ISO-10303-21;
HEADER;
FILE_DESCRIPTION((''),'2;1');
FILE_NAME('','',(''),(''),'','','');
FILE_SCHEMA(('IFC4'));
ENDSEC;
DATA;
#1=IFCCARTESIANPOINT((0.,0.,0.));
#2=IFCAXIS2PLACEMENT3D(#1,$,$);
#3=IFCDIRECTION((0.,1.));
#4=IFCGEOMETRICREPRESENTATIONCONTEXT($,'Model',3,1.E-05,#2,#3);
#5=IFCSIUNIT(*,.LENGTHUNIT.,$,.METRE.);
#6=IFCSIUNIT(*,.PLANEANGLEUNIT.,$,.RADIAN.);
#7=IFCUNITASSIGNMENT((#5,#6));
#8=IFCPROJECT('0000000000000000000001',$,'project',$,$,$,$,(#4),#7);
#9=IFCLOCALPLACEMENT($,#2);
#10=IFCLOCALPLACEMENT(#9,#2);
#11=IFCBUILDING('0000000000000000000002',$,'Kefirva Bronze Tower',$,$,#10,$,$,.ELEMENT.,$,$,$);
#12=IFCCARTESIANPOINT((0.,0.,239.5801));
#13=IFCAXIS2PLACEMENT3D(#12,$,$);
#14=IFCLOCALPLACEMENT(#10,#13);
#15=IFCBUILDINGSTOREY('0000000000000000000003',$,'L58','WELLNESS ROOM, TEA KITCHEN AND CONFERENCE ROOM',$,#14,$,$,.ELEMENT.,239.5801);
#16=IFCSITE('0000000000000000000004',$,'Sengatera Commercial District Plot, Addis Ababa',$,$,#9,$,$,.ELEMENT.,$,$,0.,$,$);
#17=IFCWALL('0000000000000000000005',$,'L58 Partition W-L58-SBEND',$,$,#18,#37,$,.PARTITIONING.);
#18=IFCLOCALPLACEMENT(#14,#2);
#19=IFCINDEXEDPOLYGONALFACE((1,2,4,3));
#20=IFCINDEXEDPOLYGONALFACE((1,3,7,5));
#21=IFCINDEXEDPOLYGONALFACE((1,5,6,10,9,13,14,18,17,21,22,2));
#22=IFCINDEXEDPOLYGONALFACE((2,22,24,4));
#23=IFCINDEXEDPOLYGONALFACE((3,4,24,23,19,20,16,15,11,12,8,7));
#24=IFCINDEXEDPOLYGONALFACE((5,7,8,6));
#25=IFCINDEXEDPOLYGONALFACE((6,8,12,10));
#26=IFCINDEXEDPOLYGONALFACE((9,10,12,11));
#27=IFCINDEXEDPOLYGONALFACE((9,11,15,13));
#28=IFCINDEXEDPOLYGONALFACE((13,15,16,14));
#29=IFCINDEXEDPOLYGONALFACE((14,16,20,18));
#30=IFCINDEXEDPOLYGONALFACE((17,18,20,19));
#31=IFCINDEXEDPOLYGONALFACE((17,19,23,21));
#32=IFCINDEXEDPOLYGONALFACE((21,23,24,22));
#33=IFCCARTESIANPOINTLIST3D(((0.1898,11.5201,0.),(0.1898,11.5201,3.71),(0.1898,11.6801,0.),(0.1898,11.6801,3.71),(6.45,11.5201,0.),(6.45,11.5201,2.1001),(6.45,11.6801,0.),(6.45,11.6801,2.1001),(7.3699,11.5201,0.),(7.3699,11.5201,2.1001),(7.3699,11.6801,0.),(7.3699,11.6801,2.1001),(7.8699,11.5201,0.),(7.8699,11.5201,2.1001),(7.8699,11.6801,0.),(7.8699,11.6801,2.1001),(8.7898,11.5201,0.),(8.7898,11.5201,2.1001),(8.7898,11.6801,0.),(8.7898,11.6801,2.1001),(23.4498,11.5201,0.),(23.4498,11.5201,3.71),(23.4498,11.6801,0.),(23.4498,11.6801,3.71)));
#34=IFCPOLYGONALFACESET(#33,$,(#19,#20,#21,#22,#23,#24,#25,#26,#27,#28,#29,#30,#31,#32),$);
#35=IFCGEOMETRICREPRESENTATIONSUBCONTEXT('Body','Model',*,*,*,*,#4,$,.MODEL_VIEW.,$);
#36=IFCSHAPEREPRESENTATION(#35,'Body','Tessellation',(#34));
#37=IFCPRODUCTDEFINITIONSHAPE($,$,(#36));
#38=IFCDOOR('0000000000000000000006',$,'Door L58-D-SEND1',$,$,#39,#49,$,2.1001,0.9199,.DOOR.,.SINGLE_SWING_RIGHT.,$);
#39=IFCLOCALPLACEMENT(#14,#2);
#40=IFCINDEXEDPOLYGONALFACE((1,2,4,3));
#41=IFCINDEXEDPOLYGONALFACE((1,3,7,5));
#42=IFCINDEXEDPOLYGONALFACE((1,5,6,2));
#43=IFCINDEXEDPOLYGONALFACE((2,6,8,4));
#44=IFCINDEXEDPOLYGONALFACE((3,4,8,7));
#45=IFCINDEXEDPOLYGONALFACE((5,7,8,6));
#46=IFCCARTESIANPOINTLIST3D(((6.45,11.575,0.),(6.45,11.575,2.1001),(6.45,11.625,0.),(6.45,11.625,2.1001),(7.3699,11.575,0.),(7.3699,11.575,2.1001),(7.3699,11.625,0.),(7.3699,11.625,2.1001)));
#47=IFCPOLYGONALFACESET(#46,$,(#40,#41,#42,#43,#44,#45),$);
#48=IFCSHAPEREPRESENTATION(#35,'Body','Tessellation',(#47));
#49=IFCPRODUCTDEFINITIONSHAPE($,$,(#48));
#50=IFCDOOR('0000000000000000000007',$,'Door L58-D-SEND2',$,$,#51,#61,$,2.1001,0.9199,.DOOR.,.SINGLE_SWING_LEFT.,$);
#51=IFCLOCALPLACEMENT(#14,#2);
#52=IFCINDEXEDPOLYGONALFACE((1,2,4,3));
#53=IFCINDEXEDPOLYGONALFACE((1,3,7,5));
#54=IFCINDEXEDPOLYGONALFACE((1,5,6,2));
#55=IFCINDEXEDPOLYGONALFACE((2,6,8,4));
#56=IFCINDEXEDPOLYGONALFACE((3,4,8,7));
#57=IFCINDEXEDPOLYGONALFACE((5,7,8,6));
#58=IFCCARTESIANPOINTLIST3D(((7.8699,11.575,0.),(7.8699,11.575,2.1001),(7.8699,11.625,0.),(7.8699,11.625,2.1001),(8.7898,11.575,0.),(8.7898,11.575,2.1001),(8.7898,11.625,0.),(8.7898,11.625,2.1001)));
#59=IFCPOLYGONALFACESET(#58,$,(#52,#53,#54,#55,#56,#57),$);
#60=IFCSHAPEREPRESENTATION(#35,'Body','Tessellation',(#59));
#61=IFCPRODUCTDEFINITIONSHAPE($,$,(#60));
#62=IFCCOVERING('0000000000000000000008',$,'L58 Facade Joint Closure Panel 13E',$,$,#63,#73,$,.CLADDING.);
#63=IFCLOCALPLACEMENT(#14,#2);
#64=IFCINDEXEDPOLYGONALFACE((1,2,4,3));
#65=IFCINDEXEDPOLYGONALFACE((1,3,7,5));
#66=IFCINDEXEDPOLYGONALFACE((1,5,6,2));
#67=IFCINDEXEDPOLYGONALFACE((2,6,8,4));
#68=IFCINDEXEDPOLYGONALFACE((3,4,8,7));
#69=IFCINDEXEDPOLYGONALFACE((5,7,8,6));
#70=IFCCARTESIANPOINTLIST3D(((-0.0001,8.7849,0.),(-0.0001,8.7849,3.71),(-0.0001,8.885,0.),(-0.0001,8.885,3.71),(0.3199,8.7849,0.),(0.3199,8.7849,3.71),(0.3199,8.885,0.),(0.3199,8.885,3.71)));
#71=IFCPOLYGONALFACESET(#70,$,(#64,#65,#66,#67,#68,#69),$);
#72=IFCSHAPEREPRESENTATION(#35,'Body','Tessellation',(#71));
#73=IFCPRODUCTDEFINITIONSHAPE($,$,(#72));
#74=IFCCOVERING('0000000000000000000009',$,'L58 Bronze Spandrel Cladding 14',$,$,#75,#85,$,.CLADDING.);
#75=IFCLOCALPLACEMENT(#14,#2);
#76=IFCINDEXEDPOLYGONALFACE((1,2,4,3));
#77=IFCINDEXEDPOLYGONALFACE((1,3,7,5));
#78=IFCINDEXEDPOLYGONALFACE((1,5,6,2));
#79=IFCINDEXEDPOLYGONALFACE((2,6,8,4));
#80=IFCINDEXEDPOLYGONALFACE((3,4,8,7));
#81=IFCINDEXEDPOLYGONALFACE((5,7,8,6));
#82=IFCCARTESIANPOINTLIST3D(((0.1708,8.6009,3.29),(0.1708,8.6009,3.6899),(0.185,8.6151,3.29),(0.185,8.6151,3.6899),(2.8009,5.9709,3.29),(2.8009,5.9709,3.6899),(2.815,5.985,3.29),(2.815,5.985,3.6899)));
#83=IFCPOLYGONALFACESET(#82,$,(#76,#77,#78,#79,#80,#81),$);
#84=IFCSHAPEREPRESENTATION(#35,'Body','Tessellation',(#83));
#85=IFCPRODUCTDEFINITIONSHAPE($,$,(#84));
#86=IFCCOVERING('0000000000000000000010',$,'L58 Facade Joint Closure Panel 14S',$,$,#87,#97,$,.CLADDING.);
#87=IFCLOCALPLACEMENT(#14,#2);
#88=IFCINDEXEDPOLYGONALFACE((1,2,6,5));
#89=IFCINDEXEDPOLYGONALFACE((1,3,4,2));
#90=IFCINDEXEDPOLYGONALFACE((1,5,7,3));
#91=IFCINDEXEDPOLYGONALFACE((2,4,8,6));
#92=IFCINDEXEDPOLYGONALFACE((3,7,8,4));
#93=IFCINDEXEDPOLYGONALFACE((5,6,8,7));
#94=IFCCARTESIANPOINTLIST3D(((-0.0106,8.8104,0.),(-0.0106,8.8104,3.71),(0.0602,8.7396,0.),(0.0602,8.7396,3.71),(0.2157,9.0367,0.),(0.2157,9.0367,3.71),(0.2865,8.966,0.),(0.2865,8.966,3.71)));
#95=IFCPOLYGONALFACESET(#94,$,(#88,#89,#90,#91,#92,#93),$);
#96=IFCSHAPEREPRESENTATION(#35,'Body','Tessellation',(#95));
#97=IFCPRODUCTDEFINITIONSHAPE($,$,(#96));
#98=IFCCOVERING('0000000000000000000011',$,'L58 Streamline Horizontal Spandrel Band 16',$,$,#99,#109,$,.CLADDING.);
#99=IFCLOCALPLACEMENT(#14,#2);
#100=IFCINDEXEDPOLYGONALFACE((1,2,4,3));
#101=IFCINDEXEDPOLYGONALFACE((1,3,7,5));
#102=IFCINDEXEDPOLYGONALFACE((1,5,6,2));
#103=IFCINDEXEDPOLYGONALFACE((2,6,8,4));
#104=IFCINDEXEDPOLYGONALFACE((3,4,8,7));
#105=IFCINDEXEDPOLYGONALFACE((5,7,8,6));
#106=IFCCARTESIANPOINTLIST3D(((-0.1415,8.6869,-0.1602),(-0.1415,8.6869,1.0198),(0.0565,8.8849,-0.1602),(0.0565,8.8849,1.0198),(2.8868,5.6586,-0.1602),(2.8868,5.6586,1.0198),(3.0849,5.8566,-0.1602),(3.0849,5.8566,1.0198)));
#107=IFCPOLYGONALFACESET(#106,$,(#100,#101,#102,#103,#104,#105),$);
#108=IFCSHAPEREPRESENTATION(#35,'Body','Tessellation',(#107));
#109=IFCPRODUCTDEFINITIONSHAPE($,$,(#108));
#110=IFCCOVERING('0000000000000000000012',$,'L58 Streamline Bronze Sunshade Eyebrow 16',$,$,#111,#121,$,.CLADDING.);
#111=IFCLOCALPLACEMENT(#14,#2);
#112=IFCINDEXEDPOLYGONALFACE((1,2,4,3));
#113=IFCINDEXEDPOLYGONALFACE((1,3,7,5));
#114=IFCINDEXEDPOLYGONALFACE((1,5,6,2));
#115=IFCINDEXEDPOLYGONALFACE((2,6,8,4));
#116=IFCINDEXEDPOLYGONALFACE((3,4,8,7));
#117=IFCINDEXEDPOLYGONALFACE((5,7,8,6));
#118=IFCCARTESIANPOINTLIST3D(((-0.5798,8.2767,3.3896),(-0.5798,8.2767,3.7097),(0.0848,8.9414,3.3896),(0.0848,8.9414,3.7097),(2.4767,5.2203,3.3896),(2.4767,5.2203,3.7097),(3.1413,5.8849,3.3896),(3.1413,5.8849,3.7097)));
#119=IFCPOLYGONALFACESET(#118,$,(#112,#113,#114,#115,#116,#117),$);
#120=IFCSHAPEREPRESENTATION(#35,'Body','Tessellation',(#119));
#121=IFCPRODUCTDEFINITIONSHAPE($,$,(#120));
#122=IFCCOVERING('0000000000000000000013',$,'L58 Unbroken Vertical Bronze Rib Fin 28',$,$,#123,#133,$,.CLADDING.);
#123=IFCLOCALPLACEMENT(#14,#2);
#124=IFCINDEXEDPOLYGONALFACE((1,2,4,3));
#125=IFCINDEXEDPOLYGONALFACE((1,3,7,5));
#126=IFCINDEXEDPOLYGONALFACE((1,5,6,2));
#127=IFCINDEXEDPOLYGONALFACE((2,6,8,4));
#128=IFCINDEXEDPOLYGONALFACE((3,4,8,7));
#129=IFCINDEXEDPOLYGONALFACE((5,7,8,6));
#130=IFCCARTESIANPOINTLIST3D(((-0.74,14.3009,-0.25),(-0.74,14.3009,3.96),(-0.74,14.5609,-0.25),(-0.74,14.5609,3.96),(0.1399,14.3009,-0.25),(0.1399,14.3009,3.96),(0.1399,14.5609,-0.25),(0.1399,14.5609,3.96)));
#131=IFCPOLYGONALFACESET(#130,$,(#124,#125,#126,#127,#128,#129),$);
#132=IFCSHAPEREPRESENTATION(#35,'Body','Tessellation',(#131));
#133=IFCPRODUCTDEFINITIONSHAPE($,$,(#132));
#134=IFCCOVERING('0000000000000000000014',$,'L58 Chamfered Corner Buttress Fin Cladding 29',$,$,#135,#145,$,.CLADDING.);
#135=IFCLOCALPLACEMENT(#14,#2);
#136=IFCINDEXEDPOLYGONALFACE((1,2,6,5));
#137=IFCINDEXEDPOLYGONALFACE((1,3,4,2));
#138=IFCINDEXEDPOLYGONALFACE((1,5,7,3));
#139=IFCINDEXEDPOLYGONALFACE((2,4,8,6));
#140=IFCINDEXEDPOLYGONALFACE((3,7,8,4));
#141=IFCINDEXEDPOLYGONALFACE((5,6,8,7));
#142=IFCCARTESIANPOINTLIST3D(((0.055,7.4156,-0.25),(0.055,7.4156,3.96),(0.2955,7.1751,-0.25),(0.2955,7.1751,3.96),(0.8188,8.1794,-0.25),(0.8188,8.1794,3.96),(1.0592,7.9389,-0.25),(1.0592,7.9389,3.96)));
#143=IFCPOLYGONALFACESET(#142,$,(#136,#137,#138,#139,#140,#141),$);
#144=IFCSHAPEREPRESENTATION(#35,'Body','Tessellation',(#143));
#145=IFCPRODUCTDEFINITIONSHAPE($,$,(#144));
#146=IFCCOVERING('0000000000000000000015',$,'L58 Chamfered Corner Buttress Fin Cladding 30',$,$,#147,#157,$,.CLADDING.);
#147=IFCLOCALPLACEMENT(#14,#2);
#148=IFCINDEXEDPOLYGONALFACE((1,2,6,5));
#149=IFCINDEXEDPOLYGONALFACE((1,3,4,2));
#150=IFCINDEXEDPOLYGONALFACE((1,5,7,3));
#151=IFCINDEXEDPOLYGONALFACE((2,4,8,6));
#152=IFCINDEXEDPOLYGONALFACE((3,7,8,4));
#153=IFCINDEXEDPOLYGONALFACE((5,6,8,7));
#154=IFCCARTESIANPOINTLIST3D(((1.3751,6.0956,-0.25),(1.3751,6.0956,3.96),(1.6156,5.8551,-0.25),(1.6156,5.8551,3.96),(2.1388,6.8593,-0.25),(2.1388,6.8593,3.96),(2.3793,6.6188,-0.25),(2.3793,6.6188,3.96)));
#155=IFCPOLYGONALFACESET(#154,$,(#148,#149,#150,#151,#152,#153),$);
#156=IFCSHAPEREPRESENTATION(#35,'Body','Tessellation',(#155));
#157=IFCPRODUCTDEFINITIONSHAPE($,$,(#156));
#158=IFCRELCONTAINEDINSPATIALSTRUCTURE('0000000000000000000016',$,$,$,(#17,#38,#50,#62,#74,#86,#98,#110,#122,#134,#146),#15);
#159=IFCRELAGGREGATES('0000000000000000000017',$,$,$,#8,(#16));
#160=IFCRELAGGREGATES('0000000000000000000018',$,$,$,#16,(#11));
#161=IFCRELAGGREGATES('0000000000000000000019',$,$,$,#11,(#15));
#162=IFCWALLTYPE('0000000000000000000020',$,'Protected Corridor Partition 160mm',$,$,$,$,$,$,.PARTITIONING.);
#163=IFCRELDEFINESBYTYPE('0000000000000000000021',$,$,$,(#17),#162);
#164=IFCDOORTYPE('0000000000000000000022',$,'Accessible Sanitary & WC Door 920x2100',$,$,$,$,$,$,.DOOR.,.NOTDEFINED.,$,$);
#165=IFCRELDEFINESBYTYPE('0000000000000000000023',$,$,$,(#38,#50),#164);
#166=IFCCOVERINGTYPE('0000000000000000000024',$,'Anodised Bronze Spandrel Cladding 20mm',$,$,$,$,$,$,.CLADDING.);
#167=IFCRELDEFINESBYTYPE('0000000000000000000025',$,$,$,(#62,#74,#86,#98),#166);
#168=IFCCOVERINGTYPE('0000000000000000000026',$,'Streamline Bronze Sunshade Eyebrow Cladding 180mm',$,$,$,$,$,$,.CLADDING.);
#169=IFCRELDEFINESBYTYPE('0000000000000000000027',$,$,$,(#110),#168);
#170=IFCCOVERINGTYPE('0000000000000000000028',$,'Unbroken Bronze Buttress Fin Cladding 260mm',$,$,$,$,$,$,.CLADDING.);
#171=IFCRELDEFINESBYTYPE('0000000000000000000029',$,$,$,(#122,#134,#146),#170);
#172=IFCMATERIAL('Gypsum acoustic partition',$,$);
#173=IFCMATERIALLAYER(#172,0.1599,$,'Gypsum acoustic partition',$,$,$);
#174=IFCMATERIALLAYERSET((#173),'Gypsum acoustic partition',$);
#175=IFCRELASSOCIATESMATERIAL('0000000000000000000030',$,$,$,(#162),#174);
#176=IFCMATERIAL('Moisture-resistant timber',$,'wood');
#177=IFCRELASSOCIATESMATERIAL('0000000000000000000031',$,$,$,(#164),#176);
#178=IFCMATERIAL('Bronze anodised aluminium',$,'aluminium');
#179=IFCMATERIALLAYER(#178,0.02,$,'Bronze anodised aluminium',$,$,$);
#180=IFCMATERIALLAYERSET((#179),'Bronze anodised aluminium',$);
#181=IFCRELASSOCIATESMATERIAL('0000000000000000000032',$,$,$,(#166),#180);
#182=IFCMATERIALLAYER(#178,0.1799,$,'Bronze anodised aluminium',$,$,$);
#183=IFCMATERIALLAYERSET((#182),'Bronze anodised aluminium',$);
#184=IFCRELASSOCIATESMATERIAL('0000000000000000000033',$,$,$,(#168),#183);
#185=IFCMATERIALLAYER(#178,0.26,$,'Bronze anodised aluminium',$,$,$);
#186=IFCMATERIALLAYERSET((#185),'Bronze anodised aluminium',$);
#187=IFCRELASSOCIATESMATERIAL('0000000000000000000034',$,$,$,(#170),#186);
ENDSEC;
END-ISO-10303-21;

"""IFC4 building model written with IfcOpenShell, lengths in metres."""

from ifc_helpers import new_model, si_unit, direction, frame, frame_2d, origin, origin_2d, place, context, subcontext, project, spatial, rectangle, extrude, material, layer, layer_set, type_object, element, fill, save


model = new_model("IFC4")

# Units and contexts
model_context = context("Model", 3, precision=1e-05, world=origin(), true_north=direction((0.0, 1.0)))
body_context = subcontext(model_context, "Body", "Model", "MODEL_VIEW")
ifc_project = project(units=[si_unit("LENGTHUNIT", "METRE"), si_unit("PLANEANGLEUNIT", "RADIAN")], contexts=[model_context])

# Site, building, storey
site_placement = place(None, origin())
site = spatial("IfcSite", under=ifc_project, at=site_placement, Name="Sengatera Commercial District Plot, Addis Ababa", CompositionType="ELEMENT", RefElevation=0.0)
building_placement = place(site_placement, origin())
building = spatial("IfcBuilding", under=site, at=building_placement, Name="Kefirva Bronze Tower", CompositionType="ELEMENT")
storey_placement = place(building_placement, frame((0.0, 0.0, 239.5801)))
storey = spatial("IfcBuildingStorey", under=building, at=storey_placement, Name="L58", Description="WELLNESS ROOM, TEA KITCHEN AND CONFERENCE ROOM", CompositionType="ELEMENT", Elevation=239.5801)

# Wall, openings, doors
ifc_material_1 = material(Name="Gypsum acoustic partition")
ifc_layer_1 = layer(ifc_material_1, 0.1599, Name="Gypsum acoustic partition")
ifc_layer_set_1 = layer_set([ifc_layer_1], Name="Gypsum acoustic partition")
wall_type_1 = type_object("IfcWallType", Name="Protected Corridor Partition 160mm", PredefinedType="PARTITIONING", material=ifc_layer_set_1)
wall_1_placement = place(storey_placement, frame((0.1899, 11.6001, 0.0), z_axis=(0.0, 0.0, 1.0), x_axis=(1.0, 0.0, 0.0)))
wall_1 = element("IfcWall", 1, at=wall_1_placement, inside=storey, type_object=wall_type_1, Name="L58 Partition W-L58-SBEND", PredefinedType="PARTITIONING", context=body_context, shape_type="SweptSolid", body=[
    extrude(rectangle(XDim=23.26, YDim=0.1599, at=frame_2d((11.6299, 0.0))), origin(), (0.0, 0.0, 1.0), 3.71),
])
opening_1_placement = place(wall_1_placement, frame((6.26, 0.0, 0.0)))
opening_1 = element("IfcOpeningElement", 2, at=opening_1_placement, cuts=wall_1, PredefinedType="OPENING", context=body_context, shape_type="SweptSolid", body=[
    extrude(rectangle(XDim=0.9199, YDim=2.1001, at=frame_2d((0.46, 1.05))), frame((0.0, 0.0898, 0.0), z_axis=(0.0, -1.0, 0.0), x_axis=(1.0, 0.0, 0.0)), (0.0, 0.0, 1.0), 0.1799),
])
opening_2_placement = place(wall_1_placement, frame((7.6799, 0.0, 0.0)))
opening_2 = element("IfcOpeningElement", 3, at=opening_2_placement, cuts=wall_1, PredefinedType="OPENING", context=body_context, shape_type="SweptSolid", body=[
    extrude(rectangle(XDim=0.9199, YDim=2.1001, at=frame_2d((0.46, 1.05))), frame((0.0, 0.0898, 0.0), z_axis=(0.0, -1.0, 0.0), x_axis=(1.0, 0.0, 0.0)), (0.0, 0.0, 1.0), 0.1799),
])
ifc_material_2 = material(Name="Moisture-resistant timber", Category="wood")
door_type = type_object("IfcDoorType", Name="Accessible Sanitary & WC Door 920x2100", OperationType="NOTDEFINED", PredefinedType="DOOR", material=ifc_material_2)
door_1_placement = place(opening_1_placement, origin())
door_1 = element("IfcDoor", 4, at=door_1_placement, inside=storey, type_object=door_type, Name="Door L58-D-SEND1", OperationType="SINGLE_SWING_RIGHT", OverallHeight=2.1001, OverallWidth=0.9199, PredefinedType="DOOR", context=body_context, shape_type="SweptSolid", body=[
    extrude(rectangle(XDim=0.9199, YDim=2.1001, at=frame_2d((0.46, 1.05))), frame((0.0, 0.0249, 0.0), z_axis=(0.0, -1.0, 0.0), x_axis=(1.0, 0.0, 0.0)), (0.0, 0.0, 1.0), 0.05),
])
fill(opening_1, door_1)
door_2_placement = place(opening_2_placement, origin())
door_2 = element("IfcDoor", 5, at=door_2_placement, inside=storey, type_object=door_type, Name="Door L58-D-SEND2", OperationType="SINGLE_SWING_LEFT", OverallHeight=2.1001, OverallWidth=0.9199, PredefinedType="DOOR", context=body_context, shape_type="SweptSolid", body=[
    extrude(rectangle(XDim=0.9199, YDim=2.1001, at=frame_2d((0.46, 1.05))), frame((0.0, 0.0249, 0.0), z_axis=(0.0, -1.0, 0.0), x_axis=(1.0, 0.0, 0.0)), (0.0, 0.0, 1.0), 0.05),
])
fill(opening_2, door_2)

# Coverings
ifc_material_3 = material(Name="Bronze anodised aluminium", Category="aluminium")
ifc_layer_2 = layer(ifc_material_3, 0.02, Name="Bronze anodised aluminium")
ifc_layer_set_2 = layer_set([ifc_layer_2], Name="Bronze anodised aluminium")
covering_type_1 = type_object("IfcCoveringType", Name="Anodised Bronze Spandrel Cladding 20mm", PredefinedType="CLADDING", material=ifc_layer_set_2)
covering_1_placement = place(storey_placement, frame((0.1599, 8.835, 0.0), z_axis=(0.0, 0.0, 1.0), x_axis=(0.0, -1.0, 0.0)))
element("IfcCovering", 6, at=covering_1_placement, inside=storey, type_object=covering_type_1, Name="L58 Facade Joint Closure Panel 13E", PredefinedType="CLADDING", context=body_context, shape_type="SweptSolid", body=[
    extrude(rectangle(XDim=0.1001, YDim=0.3201, at=origin_2d()), origin(), (0.0, 0.0, 1.0), 3.71),
])
covering_2_placement = place(storey_placement, frame((1.4929, 7.293, 3.29), z_axis=(0.0, 0.0, 1.0), x_axis=(0.707107, -0.707107, 0.0)))
element("IfcCovering", 7, at=covering_2_placement, inside=storey, type_object=covering_type_1, Name="L58 Bronze Spandrel Cladding 14", PredefinedType="CLADDING", context=body_context, shape_type="SweptSolid", body=[
    extrude(rectangle(XDim=3.7195, YDim=0.02, at=origin_2d()), origin(), (0.0, 0.0, 1.0), 0.3999),
])
covering_3_placement = place(storey_placement, frame((0.1379, 8.8882, 0.0), z_axis=(0.0, 0.0, 1.0), x_axis=(0.707107, -0.707107, 0.0)))
element("IfcCovering", 8, at=covering_3_placement, inside=storey, type_object=covering_type_1, Name="L58 Facade Joint Closure Panel 14S", PredefinedType="CLADDING", context=body_context, shape_type="SweptSolid", body=[
    extrude(rectangle(XDim=0.1001, YDim=0.3201, at=origin_2d()), origin(), (0.0, 0.0, 1.0), 3.71),
])
covering_4_placement = place(storey_placement, frame((1.4717, 7.2717, -0.1602), z_axis=(0.0, 0.0, 1.0), x_axis=(0.707107, -0.707107, 0.0)))
element("IfcCovering", 9, at=covering_4_placement, inside=storey, type_object=covering_type_1, Name="L58 Streamline Horizontal Spandrel Band 16", PredefinedType="CLADDING", context=body_context, shape_type="SweptSolid", body=[
    extrude(rectangle(XDim=4.2827, YDim=0.28, at=origin_2d()), origin(), (0.0, 0.0, 1.0), 1.1799),
])
ifc_layer_3 = layer(ifc_material_3, 0.1799, Name="Bronze anodised aluminium")
ifc_layer_set_3 = layer_set([ifc_layer_3], Name="Bronze anodised aluminium")
covering_type_2 = type_object("IfcCoveringType", Name="Streamline Bronze Sunshade Eyebrow Cladding 180mm", PredefinedType="CLADDING", material=ifc_layer_set_3)
covering_5_placement = place(storey_placement, frame((1.2808, 7.0808, 3.3896), z_axis=(0.0, 0.0, 1.0), x_axis=(0.707107, -0.707107, 0.0)))
element("IfcCovering", 10, at=covering_5_placement, inside=storey, type_object=covering_type_2, Name="L58 Streamline Bronze Sunshade Eyebrow 16", PredefinedType="CLADDING", context=body_context, shape_type="SweptSolid", body=[
    extrude(rectangle(XDim=4.3225, YDim=0.9399, at=origin_2d()), origin(), (0.0, 0.0, 1.0), 0.3201),
])
ifc_layer_4 = layer(ifc_material_3, 0.26, Name="Bronze anodised aluminium")
ifc_layer_set_4 = layer_set([ifc_layer_4], Name="Bronze anodised aluminium")
covering_type_3 = type_object("IfcCoveringType", Name="Unbroken Bronze Buttress Fin Cladding 260mm", PredefinedType="CLADDING", material=ifc_layer_set_4)
covering_6_placement = place(storey_placement, frame((-0.3, 14.4309, -0.25), z_axis=(0.0, 0.0, 1.0), x_axis=(0.0, -1.0, 0.0)))
element("IfcCovering", 11, at=covering_6_placement, inside=storey, type_object=covering_type_3, Name="L58 Unbroken Vertical Bronze Rib Fin 28", PredefinedType="CLADDING", context=body_context, shape_type="SweptSolid", body=[
    extrude(rectangle(XDim=0.26, YDim=0.8799, at=origin_2d()), origin(), (0.0, 0.0, 1.0), 4.21),
])
for number, where, z_axis, x_axis, name in (
    (12, (0.5571, 7.6772, -0.25), (0.0, 0.0, 1.0), (0.707107, -0.707107, 0.0), "L58 Chamfered Corner Buttress Fin Cladding 29"),
    (13, (1.8772, 6.3572, -0.25), (0.0, 0.0, 1.0), (0.707107, -0.707107, 0.0), "L58 Chamfered Corner Buttress Fin Cladding 30"),
):
    element("IfcCovering", number, at=place(storey_placement, frame(where, z_axis=z_axis, x_axis=x_axis)), inside=storey, type_object=covering_type_3, Name=name, PredefinedType="CLADDING", context=body_context, shape_type="SweptSolid", body=[
        extrude(rectangle(XDim=0.3401, YDim=1.0801, at=origin_2d()), origin(), (0.0, 0.0, 1.0), 4.21),
    ])

save(model, "model.ifc")
